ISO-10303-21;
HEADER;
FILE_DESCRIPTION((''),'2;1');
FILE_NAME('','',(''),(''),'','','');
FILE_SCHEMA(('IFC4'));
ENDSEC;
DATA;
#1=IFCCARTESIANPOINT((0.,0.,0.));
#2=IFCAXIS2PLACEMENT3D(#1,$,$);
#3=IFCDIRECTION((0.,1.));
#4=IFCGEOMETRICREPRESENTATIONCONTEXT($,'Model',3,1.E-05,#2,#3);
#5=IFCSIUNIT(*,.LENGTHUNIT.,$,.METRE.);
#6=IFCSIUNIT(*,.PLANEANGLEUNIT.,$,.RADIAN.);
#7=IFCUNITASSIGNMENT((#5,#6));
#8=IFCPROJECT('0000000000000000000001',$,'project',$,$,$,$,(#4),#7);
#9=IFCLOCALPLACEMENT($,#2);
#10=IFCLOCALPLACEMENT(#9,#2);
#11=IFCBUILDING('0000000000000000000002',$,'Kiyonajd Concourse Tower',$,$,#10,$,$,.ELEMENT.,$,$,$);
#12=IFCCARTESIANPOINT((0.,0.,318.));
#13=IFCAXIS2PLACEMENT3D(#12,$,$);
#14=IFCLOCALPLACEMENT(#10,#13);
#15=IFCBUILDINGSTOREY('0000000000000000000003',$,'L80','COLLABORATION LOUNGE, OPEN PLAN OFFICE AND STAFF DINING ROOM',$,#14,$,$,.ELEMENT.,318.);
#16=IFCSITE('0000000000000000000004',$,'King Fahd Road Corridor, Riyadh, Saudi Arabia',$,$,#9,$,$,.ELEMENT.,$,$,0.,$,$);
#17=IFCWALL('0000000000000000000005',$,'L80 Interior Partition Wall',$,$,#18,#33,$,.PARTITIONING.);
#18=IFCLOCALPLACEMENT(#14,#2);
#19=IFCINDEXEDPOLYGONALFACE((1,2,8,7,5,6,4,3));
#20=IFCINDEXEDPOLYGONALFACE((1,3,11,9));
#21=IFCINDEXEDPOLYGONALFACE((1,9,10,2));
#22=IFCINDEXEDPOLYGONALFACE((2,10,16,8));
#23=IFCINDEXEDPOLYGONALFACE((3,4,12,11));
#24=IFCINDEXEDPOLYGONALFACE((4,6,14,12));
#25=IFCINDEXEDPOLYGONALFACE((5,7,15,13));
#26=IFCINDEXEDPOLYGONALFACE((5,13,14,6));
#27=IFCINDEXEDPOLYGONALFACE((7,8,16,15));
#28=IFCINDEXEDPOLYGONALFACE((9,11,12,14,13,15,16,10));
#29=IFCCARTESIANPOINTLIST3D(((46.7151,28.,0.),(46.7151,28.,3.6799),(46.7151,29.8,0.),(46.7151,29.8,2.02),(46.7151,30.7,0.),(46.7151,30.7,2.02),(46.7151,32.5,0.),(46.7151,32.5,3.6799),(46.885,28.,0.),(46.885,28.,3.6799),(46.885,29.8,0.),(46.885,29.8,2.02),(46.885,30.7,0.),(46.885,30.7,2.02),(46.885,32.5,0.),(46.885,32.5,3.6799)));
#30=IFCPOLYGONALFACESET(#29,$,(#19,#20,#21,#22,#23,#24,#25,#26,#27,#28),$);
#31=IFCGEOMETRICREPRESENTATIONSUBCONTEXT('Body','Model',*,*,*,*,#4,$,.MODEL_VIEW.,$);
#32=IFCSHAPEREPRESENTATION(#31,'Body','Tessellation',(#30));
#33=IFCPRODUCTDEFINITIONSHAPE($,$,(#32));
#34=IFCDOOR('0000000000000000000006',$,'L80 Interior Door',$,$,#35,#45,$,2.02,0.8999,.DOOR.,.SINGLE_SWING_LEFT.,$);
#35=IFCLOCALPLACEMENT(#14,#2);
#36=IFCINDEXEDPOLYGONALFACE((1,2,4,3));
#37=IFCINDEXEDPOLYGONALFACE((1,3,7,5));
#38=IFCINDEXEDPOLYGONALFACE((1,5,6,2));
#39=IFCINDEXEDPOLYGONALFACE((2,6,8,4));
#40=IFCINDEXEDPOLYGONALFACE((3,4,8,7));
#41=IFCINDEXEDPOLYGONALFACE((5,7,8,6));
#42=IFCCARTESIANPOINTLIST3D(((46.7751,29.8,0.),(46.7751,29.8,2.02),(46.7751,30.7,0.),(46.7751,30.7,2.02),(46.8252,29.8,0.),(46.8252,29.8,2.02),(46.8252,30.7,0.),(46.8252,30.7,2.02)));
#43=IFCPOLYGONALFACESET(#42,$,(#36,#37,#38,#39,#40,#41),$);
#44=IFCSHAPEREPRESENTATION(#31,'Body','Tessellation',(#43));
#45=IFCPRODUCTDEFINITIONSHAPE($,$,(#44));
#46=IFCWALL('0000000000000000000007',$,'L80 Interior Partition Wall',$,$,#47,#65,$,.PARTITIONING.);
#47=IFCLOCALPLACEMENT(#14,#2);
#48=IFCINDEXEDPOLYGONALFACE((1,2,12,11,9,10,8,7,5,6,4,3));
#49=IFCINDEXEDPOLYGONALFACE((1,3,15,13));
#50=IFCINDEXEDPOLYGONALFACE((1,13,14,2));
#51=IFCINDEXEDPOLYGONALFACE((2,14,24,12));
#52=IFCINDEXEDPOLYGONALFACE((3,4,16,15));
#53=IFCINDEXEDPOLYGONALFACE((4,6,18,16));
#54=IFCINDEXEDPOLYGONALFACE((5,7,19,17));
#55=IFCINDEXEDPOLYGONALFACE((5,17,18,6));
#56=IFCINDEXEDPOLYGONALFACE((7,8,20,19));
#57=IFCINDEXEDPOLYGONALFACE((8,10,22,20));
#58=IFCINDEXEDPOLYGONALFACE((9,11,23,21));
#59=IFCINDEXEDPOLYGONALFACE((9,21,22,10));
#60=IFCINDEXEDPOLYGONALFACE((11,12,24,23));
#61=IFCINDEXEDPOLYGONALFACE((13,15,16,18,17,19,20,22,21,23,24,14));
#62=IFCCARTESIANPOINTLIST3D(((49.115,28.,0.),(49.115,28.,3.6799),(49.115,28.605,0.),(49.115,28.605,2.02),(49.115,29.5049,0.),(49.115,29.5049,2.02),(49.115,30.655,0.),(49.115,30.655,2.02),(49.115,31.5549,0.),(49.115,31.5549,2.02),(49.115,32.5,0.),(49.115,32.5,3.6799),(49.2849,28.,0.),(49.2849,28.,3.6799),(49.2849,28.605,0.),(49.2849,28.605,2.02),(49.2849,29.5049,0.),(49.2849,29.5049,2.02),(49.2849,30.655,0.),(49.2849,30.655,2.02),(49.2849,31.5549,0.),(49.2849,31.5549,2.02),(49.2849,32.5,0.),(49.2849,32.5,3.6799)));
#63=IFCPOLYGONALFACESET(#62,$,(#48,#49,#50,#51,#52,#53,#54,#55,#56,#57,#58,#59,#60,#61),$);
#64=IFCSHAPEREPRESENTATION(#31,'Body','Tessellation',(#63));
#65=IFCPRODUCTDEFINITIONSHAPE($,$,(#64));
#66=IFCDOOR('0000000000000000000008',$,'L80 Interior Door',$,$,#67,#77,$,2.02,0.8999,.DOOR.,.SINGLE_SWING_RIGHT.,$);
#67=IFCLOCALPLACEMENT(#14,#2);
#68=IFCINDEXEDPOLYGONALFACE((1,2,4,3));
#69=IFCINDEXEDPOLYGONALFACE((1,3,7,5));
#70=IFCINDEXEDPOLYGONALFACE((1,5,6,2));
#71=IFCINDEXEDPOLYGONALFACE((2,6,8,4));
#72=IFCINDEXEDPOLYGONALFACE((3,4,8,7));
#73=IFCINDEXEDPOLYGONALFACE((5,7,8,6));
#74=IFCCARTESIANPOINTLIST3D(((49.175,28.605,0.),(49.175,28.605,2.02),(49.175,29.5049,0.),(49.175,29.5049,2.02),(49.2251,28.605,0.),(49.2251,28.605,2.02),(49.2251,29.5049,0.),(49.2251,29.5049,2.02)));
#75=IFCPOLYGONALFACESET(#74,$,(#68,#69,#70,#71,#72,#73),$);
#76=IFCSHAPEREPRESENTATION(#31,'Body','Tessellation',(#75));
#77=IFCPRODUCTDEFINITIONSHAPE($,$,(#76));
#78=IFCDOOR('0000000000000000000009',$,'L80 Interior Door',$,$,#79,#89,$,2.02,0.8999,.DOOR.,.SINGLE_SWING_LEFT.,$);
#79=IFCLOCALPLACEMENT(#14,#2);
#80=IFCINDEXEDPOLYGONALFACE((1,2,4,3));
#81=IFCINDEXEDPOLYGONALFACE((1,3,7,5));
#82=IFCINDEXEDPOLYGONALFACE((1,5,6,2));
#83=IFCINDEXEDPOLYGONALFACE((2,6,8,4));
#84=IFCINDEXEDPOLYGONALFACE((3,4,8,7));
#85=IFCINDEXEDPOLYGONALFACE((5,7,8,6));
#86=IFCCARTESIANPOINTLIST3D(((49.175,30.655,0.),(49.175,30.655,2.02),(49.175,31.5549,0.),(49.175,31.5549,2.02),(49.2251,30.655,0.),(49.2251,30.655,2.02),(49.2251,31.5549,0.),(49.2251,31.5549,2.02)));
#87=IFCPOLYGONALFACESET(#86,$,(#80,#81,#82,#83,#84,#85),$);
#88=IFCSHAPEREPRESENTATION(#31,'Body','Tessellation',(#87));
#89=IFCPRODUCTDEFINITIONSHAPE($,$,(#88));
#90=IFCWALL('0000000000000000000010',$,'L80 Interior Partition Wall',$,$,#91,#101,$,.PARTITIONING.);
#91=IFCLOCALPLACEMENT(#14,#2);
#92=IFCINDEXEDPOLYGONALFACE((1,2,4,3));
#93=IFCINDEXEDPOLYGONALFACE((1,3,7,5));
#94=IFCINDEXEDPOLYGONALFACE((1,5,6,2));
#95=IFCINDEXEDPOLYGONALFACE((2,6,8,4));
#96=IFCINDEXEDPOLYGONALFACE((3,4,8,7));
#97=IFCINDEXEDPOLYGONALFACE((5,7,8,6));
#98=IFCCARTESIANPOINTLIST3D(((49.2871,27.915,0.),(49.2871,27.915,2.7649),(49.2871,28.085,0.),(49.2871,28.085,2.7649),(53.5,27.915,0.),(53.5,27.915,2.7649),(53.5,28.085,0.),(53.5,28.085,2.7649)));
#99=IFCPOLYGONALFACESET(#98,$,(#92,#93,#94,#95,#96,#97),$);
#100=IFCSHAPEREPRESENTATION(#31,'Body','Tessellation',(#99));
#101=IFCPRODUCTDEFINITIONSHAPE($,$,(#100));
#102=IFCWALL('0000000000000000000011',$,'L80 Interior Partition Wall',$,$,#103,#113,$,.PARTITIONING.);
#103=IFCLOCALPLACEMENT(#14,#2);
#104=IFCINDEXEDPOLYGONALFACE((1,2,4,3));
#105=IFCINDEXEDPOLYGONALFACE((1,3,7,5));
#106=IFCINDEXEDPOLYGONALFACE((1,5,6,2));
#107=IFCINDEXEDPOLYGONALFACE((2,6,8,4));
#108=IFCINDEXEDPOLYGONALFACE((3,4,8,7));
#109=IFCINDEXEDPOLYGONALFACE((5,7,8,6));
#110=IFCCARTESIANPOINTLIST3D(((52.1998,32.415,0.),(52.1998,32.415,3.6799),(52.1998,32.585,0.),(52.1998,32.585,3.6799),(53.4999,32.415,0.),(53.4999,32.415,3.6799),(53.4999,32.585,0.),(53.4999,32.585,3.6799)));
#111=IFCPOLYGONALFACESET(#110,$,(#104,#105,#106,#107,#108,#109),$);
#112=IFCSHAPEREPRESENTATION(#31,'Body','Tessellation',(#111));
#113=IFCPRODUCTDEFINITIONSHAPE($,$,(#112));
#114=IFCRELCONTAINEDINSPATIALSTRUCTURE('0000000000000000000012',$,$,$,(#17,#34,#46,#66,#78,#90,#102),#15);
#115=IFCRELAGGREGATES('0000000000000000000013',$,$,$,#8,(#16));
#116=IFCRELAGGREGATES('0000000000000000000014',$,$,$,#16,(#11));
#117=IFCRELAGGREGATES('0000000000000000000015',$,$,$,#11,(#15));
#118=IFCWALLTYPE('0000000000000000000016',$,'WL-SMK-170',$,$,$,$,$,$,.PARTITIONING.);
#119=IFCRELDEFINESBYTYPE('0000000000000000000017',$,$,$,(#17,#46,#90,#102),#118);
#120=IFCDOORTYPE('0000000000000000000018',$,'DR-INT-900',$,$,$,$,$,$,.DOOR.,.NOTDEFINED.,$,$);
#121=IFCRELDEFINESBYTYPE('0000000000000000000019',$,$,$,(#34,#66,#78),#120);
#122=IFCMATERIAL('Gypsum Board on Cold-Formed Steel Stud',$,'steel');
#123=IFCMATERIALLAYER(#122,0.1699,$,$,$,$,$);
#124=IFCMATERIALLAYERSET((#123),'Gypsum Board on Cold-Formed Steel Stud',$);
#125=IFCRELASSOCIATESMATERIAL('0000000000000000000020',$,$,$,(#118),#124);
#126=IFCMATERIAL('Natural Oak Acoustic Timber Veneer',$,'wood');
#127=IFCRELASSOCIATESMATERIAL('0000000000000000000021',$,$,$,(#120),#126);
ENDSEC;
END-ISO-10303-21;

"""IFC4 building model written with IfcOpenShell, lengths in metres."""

from ifc_helpers import new_model, si_unit, direction, frame, frame_2d, origin, place, context, subcontext, project, spatial, rectangle, extrude, material, layer, layer_set, type_object, element, fill, save


model = new_model("IFC4")

# Units and contexts
model_context = context("Model", 3, precision=1e-05, world=origin(), true_north=direction((0.0, 1.0)))
body_context = subcontext(model_context, "Body", "Model", "MODEL_VIEW")
ifc_project = project(units=[si_unit("LENGTHUNIT", "METRE"), si_unit("PLANEANGLEUNIT", "RADIAN")], contexts=[model_context])

# Site, building, storey
site_placement = place(None, origin())
site = spatial("IfcSite", under=ifc_project, at=site_placement, Name="King Fahd Road Corridor, Riyadh, Saudi Arabia", CompositionType="ELEMENT", RefElevation=0.0)
building_placement = place(site_placement, origin())
building = spatial("IfcBuilding", under=site, at=building_placement, Name="Kiyonajd Concourse Tower", CompositionType="ELEMENT")
storey_placement = place(building_placement, frame((0.0, 0.0, 318.0)))
storey = spatial("IfcBuildingStorey", under=building, at=storey_placement, Name="L80", Description="COLLABORATION LOUNGE, OPEN PLAN OFFICE AND STAFF DINING ROOM", CompositionType="ELEMENT", Elevation=318.0)

# Shared definitions
ifc_material_1 = material(Name="Gypsum Board on Cold-Formed Steel Stud", Category="steel")

# Shared definitions
ifc_layer_1 = layer(ifc_material_1, 0.1699)
ifc_layer_set_1 = layer_set([ifc_layer_1], Name="Gypsum Board on Cold-Formed Steel Stud")
wall_type_1 = type_object("IfcWallType", Name="WL-SMK-170", PredefinedType="PARTITIONING", material=ifc_layer_set_1)
ifc_material_2 = material(Name="Natural Oak Acoustic Timber Veneer", Category="wood")
door_type_1 = type_object("IfcDoorType", Name="DR-INT-900", OperationType="NOTDEFINED", PredefinedType="DOOR", material=ifc_material_2)

# Wall, opening, door
wall_1_placement = place(storey_placement, frame((46.8, 28.0, 0.0), z_axis=(0.0, 0.0, 1.0), x_axis=(0.0, 1.0, 0.0)))
wall_1 = element("IfcWall", 1, at=wall_1_placement, inside=storey, type_object=wall_type_1, Name="L80 Interior Partition Wall", PredefinedType="PARTITIONING", context=body_context, shape_type="SweptSolid", body=[
    extrude(rectangle(XDim=4.5, YDim=0.1699, at=frame_2d((2.25, 0.0))), origin(), (0.0, 0.0, 1.0), 3.6799),
])
opening_1_placement = place(wall_1_placement, frame((1.8, 0.0, 0.0)))
opening_1 = element("IfcOpeningElement", 2, at=opening_1_placement, cuts=wall_1, PredefinedType="OPENING", context=body_context, shape_type="SweptSolid", body=[
    extrude(rectangle(XDim=0.8999, YDim=2.02, at=frame_2d((0.45, 1.01))), frame((0.0, 0.095, 0.0), z_axis=(0.0, -1.0, 0.0), x_axis=(1.0, 0.0, 0.0)), (0.0, 0.0, 1.0), 0.1899),
])
door_1_placement = place(opening_1_placement, origin())
door_1 = element("IfcDoor", 3, at=door_1_placement, inside=storey, type_object=door_type_1, Name="L80 Interior Door", OperationType="SINGLE_SWING_LEFT", OverallHeight=2.02, OverallWidth=0.8999, PredefinedType="DOOR", context=body_context, shape_type="SweptSolid", body=[
    extrude(rectangle(XDim=0.8999, YDim=2.02, at=frame_2d((0.45, 1.01))), frame((0.0, 0.0249, 0.0), z_axis=(0.0, -1.0, 0.0), x_axis=(1.0, 0.0, 0.0)), (0.0, 0.0, 1.0), 0.05),
])
fill(opening_1, door_1)

# Wall, openings, doors
wall_2_placement = place(storey_placement, frame((49.2, 28.0, 0.0), z_axis=(0.0, 0.0, 1.0), x_axis=(0.0, 1.0, 0.0)))
wall_2 = element("IfcWall", 4, at=wall_2_placement, inside=storey, type_object=wall_type_1, Name="L80 Interior Partition Wall", PredefinedType="PARTITIONING", context=body_context, shape_type="SweptSolid", body=[
    extrude(rectangle(XDim=4.5, YDim=0.1699, at=frame_2d((2.25, 0.0))), origin(), (0.0, 0.0, 1.0), 3.6799),
])
opening_2_placement = place(wall_2_placement, frame((0.605, 0.0, 0.0)))
opening_2 = element("IfcOpeningElement", 5, at=opening_2_placement, cuts=wall_2, PredefinedType="OPENING", context=body_context, shape_type="SweptSolid", body=[
    extrude(rectangle(XDim=0.8999, YDim=2.02, at=frame_2d((0.45, 1.01))), frame((0.0, 0.095, 0.0), z_axis=(0.0, -1.0, 0.0), x_axis=(1.0, 0.0, 0.0)), (0.0, 0.0, 1.0), 0.1899),
])
opening_3_placement = place(wall_2_placement, frame((2.655, 0.0, 0.0)))
opening_3 = element("IfcOpeningElement", 6, at=opening_3_placement, cuts=wall_2, PredefinedType="OPENING", context=body_context, shape_type="SweptSolid", body=[
    extrude(rectangle(XDim=0.8999, YDim=2.02, at=frame_2d((0.45, 1.01))), frame((0.0, 0.095, 0.0), z_axis=(0.0, -1.0, 0.0), x_axis=(1.0, 0.0, 0.0)), (0.0, 0.0, 1.0), 0.1899),
])
door_2_placement = place(opening_2_placement, origin())
door_2 = element("IfcDoor", 7, at=door_2_placement, inside=storey, type_object=door_type_1, Name="L80 Interior Door", OperationType="SINGLE_SWING_RIGHT", OverallHeight=2.02, OverallWidth=0.8999, PredefinedType="DOOR", context=body_context, shape_type="SweptSolid", body=[
    extrude(rectangle(XDim=0.8999, YDim=2.02, at=frame_2d((0.45, 1.01))), frame((0.0, 0.0249, 0.0), z_axis=(0.0, -1.0, 0.0), x_axis=(1.0, 0.0, 0.0)), (0.0, 0.0, 1.0), 0.05),
])
fill(opening_2, door_2)
door_3_placement = place(opening_3_placement, origin())
door_3 = element("IfcDoor", 8, at=door_3_placement, inside=storey, type_object=door_type_1, Name="L80 Interior Door", OperationType="SINGLE_SWING_LEFT", OverallHeight=2.02, OverallWidth=0.8999, PredefinedType="DOOR", context=body_context, shape_type="SweptSolid", body=[
    extrude(rectangle(XDim=0.8999, YDim=2.02, at=frame_2d((0.45, 1.01))), frame((0.0, 0.0249, 0.0), z_axis=(0.0, -1.0, 0.0), x_axis=(1.0, 0.0, 0.0)), (0.0, 0.0, 1.0), 0.05),
])
fill(opening_3, door_3)

# Walls
wall_3_placement = place(storey_placement, frame((49.2871, 28.0, 0.0), z_axis=(0.0, 0.0, 1.0), x_axis=(1.0, 0.0, 0.0)))
element("IfcWall", 9, at=wall_3_placement, inside=storey, type_object=wall_type_1, Name="L80 Interior Partition Wall", PredefinedType="PARTITIONING", context=body_context, shape_type="SweptSolid", body=[
    extrude(rectangle(XDim=4.2129, YDim=0.1699, at=frame_2d((2.1064, 0.0))), origin(), (0.0, 0.0, 1.0), 2.7649),
])
wall_4_placement = place(storey_placement, frame((52.2, 32.5, 0.0), z_axis=(0.0, 0.0, 1.0), x_axis=(1.0, 0.0, 0.0)))
element("IfcWall", 10, at=wall_4_placement, inside=storey, type_object=wall_type_1, Name="L80 Interior Partition Wall", PredefinedType="PARTITIONING", context=body_context, shape_type="SweptSolid", body=[
    extrude(rectangle(XDim=1.3, YDim=0.1699, at=frame_2d((0.6499, 0.0))), origin(), (0.0, 0.0, 1.0), 3.6799),
])

save(model, "model.ifc")
